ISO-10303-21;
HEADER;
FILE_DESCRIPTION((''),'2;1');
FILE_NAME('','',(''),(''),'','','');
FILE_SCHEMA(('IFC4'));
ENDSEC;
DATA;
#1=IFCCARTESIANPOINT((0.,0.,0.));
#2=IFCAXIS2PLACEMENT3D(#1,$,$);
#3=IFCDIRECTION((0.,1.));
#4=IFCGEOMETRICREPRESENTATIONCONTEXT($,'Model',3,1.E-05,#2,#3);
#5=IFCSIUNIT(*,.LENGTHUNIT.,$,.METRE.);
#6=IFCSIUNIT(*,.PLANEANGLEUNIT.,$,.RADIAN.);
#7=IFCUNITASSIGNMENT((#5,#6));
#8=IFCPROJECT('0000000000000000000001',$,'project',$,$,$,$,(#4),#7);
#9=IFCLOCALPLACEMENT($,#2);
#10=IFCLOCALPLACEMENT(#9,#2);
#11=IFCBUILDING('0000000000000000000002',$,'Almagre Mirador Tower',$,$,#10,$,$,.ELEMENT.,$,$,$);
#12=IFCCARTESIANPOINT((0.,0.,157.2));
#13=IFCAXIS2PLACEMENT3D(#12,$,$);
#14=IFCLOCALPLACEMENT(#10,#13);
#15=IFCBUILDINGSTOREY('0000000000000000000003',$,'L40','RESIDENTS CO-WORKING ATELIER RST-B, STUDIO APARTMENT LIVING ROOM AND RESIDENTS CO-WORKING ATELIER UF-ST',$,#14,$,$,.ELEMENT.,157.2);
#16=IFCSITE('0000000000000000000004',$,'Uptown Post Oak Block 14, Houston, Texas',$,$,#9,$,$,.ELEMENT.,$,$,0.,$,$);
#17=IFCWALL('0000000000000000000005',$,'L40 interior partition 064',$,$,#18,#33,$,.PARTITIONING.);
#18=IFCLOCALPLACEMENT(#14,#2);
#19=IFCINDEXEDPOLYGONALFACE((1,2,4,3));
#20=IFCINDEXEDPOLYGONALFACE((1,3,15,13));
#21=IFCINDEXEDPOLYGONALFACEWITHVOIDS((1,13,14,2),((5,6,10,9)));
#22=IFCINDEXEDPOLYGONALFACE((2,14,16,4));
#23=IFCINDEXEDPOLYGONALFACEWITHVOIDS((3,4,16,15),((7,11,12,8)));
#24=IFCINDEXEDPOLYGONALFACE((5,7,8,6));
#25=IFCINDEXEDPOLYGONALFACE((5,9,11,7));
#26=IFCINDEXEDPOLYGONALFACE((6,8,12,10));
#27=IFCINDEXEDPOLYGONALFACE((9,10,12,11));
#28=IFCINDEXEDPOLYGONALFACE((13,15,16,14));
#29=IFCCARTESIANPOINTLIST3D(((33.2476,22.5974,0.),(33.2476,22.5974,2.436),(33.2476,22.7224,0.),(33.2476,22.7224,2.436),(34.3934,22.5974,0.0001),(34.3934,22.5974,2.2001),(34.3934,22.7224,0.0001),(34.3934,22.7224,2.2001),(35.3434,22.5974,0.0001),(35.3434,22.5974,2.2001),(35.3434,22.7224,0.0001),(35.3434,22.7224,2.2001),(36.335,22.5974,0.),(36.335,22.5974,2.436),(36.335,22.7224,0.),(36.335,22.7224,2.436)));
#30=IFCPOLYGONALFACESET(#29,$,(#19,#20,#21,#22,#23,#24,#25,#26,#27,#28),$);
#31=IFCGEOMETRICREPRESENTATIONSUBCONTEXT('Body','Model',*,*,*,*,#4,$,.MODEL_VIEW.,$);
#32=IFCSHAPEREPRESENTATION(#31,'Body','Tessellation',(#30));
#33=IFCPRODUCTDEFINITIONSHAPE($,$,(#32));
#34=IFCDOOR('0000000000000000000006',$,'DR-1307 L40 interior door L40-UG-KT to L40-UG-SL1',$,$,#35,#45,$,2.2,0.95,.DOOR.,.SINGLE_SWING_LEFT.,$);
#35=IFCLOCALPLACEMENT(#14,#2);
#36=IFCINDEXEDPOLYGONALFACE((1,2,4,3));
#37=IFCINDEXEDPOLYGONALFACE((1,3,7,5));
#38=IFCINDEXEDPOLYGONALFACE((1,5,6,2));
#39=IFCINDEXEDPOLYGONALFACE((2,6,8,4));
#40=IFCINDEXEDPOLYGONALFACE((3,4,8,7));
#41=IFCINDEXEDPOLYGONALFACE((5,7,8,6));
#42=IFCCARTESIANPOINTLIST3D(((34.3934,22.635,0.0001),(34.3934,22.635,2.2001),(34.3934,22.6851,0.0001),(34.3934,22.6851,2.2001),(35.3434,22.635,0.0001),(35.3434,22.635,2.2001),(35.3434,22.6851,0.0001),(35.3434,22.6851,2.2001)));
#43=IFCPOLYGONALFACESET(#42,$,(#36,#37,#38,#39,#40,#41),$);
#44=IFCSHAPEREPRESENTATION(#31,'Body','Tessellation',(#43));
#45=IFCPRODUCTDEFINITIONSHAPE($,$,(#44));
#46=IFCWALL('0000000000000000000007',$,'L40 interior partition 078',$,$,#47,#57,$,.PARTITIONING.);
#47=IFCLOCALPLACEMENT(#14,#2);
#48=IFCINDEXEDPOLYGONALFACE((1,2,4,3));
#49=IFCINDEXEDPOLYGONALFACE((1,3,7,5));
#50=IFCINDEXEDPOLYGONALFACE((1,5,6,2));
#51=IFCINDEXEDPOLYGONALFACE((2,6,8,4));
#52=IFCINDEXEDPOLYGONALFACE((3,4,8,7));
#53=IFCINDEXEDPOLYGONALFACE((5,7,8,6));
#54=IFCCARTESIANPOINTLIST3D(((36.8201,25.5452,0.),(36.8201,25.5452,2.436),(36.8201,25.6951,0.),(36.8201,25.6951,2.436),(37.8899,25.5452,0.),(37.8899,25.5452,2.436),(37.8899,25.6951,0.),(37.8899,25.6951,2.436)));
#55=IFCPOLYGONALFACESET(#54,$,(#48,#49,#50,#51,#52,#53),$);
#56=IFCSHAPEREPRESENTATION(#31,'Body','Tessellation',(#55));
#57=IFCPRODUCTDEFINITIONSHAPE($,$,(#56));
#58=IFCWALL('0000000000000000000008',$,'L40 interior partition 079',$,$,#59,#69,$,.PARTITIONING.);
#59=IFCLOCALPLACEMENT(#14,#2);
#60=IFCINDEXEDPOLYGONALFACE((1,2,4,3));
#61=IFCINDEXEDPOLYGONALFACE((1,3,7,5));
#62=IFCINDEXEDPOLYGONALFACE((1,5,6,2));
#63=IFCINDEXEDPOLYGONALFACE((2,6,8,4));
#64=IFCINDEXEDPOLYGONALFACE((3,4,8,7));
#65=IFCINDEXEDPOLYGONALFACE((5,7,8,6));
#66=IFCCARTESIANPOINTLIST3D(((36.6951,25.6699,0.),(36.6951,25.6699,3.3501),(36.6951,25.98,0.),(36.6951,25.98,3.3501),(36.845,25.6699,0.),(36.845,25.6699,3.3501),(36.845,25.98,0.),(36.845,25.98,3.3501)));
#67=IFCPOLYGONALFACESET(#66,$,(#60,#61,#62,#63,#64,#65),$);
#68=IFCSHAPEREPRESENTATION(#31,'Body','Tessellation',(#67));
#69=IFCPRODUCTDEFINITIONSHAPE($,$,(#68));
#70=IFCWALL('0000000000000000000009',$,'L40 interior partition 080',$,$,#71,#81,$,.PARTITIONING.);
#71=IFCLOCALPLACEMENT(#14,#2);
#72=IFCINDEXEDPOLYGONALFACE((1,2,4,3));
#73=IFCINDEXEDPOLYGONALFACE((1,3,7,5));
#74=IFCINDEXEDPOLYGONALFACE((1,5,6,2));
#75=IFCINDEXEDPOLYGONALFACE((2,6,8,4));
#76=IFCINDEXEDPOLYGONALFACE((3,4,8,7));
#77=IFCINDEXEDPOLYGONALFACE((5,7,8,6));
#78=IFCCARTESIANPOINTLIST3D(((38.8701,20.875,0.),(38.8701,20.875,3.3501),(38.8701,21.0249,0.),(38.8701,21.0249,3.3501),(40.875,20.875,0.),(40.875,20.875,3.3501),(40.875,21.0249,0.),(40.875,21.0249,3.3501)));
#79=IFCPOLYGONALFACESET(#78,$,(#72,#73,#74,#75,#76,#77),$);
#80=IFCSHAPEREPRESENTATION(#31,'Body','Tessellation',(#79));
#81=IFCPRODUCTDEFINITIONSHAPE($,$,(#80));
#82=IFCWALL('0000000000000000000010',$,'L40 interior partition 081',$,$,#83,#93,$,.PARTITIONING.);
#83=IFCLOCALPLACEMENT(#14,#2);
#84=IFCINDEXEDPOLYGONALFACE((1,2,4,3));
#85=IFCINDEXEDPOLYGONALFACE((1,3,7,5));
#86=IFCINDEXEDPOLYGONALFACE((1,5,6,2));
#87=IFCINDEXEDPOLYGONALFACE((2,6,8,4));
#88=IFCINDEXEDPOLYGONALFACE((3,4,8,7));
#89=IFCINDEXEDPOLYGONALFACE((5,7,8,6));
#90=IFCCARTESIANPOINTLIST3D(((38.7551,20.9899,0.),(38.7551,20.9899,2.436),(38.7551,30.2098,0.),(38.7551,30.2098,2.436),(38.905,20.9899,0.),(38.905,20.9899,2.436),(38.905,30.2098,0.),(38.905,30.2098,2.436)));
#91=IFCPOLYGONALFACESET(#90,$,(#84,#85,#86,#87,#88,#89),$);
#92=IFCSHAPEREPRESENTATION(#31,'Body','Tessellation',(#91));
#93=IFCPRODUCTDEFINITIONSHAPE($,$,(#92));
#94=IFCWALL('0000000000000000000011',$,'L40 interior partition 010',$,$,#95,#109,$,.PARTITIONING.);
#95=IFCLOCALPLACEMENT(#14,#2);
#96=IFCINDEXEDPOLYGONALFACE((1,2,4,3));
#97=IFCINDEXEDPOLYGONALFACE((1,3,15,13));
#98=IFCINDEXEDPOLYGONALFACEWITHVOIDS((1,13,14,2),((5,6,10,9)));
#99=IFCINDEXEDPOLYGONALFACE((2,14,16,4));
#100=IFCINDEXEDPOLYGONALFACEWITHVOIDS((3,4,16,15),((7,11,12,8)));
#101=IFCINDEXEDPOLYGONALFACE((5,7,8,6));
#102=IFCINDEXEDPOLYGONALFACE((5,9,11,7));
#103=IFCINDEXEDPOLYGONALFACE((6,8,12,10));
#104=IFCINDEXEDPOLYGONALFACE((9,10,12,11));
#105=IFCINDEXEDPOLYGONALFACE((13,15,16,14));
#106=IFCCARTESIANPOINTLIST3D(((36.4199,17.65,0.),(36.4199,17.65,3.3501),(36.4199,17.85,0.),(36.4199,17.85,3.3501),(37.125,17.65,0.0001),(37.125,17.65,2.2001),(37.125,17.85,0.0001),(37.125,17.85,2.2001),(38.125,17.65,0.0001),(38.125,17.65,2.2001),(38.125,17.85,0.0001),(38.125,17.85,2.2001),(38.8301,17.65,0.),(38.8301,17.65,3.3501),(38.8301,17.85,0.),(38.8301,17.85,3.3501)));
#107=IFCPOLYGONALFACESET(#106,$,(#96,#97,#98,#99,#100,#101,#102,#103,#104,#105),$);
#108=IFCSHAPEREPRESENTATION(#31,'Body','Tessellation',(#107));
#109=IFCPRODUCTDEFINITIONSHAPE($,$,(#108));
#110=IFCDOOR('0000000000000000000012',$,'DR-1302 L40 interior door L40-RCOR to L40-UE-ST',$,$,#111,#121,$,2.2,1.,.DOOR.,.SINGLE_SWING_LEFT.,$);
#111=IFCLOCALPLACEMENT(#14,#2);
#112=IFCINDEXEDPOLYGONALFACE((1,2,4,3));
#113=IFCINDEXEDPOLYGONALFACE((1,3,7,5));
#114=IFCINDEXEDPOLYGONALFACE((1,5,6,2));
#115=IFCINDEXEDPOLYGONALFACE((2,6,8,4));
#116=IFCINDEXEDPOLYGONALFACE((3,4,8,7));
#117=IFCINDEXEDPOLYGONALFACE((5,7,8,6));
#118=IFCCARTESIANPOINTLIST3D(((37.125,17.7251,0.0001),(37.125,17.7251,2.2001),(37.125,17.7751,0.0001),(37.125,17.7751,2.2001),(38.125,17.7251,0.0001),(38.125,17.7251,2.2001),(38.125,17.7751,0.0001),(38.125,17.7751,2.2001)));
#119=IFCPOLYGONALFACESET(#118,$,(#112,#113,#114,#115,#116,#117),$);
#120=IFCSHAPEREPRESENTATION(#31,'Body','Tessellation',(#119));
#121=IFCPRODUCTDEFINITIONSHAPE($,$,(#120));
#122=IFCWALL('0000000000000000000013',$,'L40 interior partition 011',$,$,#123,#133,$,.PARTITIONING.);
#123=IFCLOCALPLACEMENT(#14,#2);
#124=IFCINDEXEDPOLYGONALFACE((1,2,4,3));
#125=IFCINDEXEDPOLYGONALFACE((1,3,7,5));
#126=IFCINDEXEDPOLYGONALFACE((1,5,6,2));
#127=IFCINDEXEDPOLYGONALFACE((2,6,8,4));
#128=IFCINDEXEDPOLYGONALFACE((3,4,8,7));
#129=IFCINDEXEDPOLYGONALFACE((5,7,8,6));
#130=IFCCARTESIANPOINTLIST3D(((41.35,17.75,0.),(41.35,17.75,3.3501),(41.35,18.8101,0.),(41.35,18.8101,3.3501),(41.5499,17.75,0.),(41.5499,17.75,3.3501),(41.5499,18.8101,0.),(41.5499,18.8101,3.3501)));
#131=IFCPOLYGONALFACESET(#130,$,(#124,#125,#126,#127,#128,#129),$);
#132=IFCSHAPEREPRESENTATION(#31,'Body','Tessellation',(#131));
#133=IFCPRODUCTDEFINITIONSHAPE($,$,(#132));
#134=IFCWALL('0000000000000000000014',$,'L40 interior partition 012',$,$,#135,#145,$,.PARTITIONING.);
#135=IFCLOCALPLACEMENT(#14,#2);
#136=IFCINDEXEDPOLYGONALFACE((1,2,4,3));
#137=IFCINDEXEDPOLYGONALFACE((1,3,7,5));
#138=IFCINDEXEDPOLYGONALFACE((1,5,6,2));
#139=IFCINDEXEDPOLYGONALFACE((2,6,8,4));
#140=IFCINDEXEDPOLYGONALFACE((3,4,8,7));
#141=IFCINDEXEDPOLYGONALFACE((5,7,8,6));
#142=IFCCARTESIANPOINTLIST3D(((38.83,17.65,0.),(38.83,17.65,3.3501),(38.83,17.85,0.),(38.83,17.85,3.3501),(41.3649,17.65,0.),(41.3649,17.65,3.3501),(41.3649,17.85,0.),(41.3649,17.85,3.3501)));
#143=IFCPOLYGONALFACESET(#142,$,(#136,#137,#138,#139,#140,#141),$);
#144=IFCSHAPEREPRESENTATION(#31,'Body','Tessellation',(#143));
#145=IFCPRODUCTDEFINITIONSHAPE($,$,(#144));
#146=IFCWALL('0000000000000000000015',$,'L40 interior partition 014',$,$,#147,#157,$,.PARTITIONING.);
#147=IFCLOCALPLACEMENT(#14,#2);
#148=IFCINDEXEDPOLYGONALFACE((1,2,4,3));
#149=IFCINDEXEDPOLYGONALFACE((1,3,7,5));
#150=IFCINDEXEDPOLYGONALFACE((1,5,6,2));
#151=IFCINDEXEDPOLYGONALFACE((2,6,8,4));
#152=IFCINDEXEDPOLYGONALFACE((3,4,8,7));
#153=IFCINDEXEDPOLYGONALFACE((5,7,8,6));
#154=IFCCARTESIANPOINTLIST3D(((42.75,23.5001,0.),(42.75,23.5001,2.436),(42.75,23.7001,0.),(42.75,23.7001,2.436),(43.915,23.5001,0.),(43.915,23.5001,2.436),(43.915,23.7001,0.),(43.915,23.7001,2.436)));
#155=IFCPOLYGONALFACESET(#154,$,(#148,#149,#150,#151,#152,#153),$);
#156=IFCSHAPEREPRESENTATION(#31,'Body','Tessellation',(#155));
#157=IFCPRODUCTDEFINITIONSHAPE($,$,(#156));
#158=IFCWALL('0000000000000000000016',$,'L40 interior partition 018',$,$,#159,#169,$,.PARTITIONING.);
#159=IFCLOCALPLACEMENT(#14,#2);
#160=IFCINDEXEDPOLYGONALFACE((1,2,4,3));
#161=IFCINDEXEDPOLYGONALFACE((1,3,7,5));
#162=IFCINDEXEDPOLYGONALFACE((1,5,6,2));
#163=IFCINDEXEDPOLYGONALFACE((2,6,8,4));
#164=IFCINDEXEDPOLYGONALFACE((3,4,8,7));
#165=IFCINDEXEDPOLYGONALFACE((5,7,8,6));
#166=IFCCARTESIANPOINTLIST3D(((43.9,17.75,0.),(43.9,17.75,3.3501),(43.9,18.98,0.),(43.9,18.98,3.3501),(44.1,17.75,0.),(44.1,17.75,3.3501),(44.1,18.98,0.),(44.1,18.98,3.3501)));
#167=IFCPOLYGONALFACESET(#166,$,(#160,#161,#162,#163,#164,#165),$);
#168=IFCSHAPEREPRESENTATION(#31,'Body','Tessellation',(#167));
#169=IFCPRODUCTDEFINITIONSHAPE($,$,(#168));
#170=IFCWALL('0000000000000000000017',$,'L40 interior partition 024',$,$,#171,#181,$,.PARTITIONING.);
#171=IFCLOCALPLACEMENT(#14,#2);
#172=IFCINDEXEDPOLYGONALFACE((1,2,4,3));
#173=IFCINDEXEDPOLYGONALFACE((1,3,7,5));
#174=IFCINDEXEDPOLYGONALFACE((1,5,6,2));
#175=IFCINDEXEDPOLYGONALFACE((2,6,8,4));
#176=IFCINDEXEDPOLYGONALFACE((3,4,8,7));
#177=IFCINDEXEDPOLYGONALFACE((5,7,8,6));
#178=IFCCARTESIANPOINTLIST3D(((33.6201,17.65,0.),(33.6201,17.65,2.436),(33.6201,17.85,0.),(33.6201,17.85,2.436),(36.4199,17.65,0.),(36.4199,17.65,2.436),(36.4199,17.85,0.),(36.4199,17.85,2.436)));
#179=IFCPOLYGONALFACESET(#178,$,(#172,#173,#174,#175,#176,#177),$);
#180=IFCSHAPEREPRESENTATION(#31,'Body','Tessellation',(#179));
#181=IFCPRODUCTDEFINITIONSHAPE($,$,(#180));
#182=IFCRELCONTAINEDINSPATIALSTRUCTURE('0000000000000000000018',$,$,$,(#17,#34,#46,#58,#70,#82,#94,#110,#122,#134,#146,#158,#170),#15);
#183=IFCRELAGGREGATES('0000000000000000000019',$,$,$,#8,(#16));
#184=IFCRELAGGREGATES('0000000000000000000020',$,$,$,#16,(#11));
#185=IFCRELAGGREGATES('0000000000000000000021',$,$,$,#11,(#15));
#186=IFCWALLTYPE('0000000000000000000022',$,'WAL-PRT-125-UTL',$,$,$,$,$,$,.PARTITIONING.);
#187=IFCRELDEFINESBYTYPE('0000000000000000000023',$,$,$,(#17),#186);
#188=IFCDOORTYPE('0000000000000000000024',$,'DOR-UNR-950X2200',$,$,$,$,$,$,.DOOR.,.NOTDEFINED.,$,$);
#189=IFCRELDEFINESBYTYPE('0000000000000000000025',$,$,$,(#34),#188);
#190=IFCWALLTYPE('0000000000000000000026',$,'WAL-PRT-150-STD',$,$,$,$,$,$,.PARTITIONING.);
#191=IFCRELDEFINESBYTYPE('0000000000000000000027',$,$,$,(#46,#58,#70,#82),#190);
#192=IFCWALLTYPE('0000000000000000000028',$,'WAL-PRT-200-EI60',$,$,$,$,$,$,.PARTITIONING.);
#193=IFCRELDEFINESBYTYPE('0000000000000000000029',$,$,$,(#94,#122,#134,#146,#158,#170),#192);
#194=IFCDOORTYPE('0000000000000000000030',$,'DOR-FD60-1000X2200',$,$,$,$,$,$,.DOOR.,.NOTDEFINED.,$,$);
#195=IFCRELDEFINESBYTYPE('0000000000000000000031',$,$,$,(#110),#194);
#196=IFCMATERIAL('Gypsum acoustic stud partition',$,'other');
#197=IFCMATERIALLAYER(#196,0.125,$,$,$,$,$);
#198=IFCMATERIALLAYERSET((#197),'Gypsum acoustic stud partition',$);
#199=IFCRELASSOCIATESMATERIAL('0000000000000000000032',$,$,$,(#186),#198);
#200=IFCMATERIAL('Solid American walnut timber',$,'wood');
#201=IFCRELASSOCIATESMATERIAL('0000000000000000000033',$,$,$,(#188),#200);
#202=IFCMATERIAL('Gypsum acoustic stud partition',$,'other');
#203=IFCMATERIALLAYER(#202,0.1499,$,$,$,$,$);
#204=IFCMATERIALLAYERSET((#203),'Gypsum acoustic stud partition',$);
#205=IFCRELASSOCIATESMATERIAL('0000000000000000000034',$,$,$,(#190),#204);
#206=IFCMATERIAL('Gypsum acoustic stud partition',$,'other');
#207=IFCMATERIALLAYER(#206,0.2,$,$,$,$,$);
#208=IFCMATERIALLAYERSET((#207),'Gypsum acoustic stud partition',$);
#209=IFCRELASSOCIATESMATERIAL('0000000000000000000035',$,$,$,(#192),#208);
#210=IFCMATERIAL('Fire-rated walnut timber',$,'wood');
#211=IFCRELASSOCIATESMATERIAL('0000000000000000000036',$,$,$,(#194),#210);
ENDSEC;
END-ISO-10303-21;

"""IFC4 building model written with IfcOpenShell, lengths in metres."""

from ifc_helpers import new_model, si_unit, direction, frame, frame_2d, origin, place, context, subcontext, project, spatial, rectangle, extrude, material, layer, layer_set, type_object, element, fill, save


model = new_model("IFC4")

# Units and contexts
model_context = context("Model", 3, precision=1e-05, world=origin(), true_north=direction((0.0, 1.0)))
body_context = subcontext(model_context, "Body", "Model", "MODEL_VIEW")
ifc_project = project(units=[si_unit("LENGTHUNIT", "METRE"), si_unit("PLANEANGLEUNIT", "RADIAN")], contexts=[model_context])

# Site, building, storey
site_placement = place(None, origin())
site = spatial("IfcSite", under=ifc_project, at=site_placement, Name="Uptown Post Oak Block 14, Houston, Texas", CompositionType="ELEMENT", RefElevation=0.0)
building_placement = place(site_placement, origin())
building = spatial("IfcBuilding", under=site, at=building_placement, Name="Almagre Mirador Tower", CompositionType="ELEMENT")
storey_placement = place(building_placement, frame((0.0, 0.0, 157.2)))
storey = spatial("IfcBuildingStorey", under=building, at=storey_placement, Name="L40", Description="RESIDENTS CO-WORKING ATELIER RST-B, STUDIO APARTMENT LIVING ROOM AND RESIDENTS CO-WORKING ATELIER UF-ST", CompositionType="ELEMENT", Elevation=157.2)

# Wall, opening, door
ifc_material_1 = material(Name="Gypsum acoustic stud partition", Category="other")
ifc_layer_1 = layer(ifc_material_1, 0.125)
ifc_layer_set_1 = layer_set([ifc_layer_1], Name="Gypsum acoustic stud partition")
wall_type_1 = type_object("IfcWallType", Name="WAL-PRT-125-UTL", PredefinedType="PARTITIONING", material=ifc_layer_set_1)
wall_1_placement = place(storey_placement, frame((36.335, 22.6599, 0.0), z_axis=(0.0, 0.0, 1.0), x_axis=(-1.0, 0.0, 0.0)))
wall_1 = element("IfcWall", 1, at=wall_1_placement, inside=storey, type_object=wall_type_1, Name="L40 interior partition 064", PredefinedType="PARTITIONING", context=body_context, shape_type="SweptSolid", body=[
    extrude(rectangle(XDim=3.0874, YDim=0.125, at=frame_2d((1.5437, 0.0))), origin(), (0.0, 0.0, 1.0), 2.436),
])
opening_1_placement = place(wall_1_placement, frame((0.9915, 0.0, 0.0)))
opening_1 = element("IfcOpeningElement", 2, at=opening_1_placement, cuts=wall_1, PredefinedType="OPENING", context=body_context, shape_type="SweptSolid", body=[
    extrude(rectangle(XDim=0.95, YDim=2.2, at=frame_2d((0.4751, 1.1001))), frame((0.0, 0.0725, 0.0), z_axis=(0.0, -1.0, 0.0), x_axis=(1.0, 0.0, 0.0)), (0.0, 0.0, 1.0), 0.145),
])
ifc_material_2 = material(Name="Solid American walnut timber", Category="wood")
door_type_1 = type_object("IfcDoorType", Name="DOR-UNR-950X2200", OperationType="NOTDEFINED", PredefinedType="DOOR", material=ifc_material_2)
door_1_placement = place(opening_1_placement, origin())
door_1 = element("IfcDoor", 3, at=door_1_placement, inside=storey, type_object=door_type_1, Name="DR-1307 L40 interior door L40-UG-KT to L40-UG-SL1", OperationType="SINGLE_SWING_LEFT", OverallHeight=2.2, OverallWidth=0.95, PredefinedType="DOOR", context=body_context, shape_type="SweptSolid", body=[
    extrude(rectangle(XDim=0.95, YDim=2.2, at=frame_2d((0.4751, 1.1001))), frame((0.0, 0.0249, 0.0), z_axis=(0.0, -1.0, 0.0), x_axis=(1.0, 0.0, 0.0)), (0.0, 0.0, 1.0), 0.05),
])
fill(opening_1, door_1)

# Walls
ifc_material_3 = material(Name="Gypsum acoustic stud partition", Category="other")
ifc_layer_2 = layer(ifc_material_3, 0.1499)
ifc_layer_set_2 = layer_set([ifc_layer_2], Name="Gypsum acoustic stud partition")
wall_type_2 = type_object("IfcWallType", Name="WAL-PRT-150-STD", PredefinedType="PARTITIONING", material=ifc_layer_set_2)
wall_2_placement = place(storey_placement, frame((37.8899, 25.6201, 0.0), z_axis=(0.0, 0.0, 1.0), x_axis=(-1.0, 0.0, 0.0)))
element("IfcWall", 4, at=wall_2_placement, inside=storey, type_object=wall_type_2, Name="L40 interior partition 078", PredefinedType="PARTITIONING", context=body_context, shape_type="SweptSolid", body=[
    extrude(rectangle(XDim=1.0698, YDim=0.1499, at=frame_2d((0.5349, 0.0))), origin(), (0.0, 0.0, 1.0), 2.436),
])
wall_3_placement = place(storey_placement, frame((36.77, 25.6699, 0.0), z_axis=(0.0, 0.0, 1.0), x_axis=(0.0, 1.0, 0.0)))
element("IfcWall", 5, at=wall_3_placement, inside=storey, type_object=wall_type_2, Name="L40 interior partition 079", PredefinedType="PARTITIONING", context=body_context, shape_type="SweptSolid", body=[
    extrude(rectangle(XDim=0.3101, YDim=0.1499, at=frame_2d((0.155, 0.0))), origin(), (0.0, 0.0, 1.0), 3.3501),
])
wall_4_placement = place(storey_placement, frame((40.875, 20.95, 0.0), z_axis=(0.0, 0.0, 1.0), x_axis=(-1.0, 0.0, 0.0)))
element("IfcWall", 6, at=wall_4_placement, inside=storey, type_object=wall_type_2, Name="L40 interior partition 080", PredefinedType="PARTITIONING", context=body_context, shape_type="SweptSolid", body=[
    extrude(rectangle(XDim=2.0049, YDim=0.1499, at=frame_2d((1.0024, 0.0))), origin(), (0.0, 0.0, 1.0), 3.3501),
])
wall_5_placement = place(storey_placement, frame((38.8301, 20.99, 0.0), z_axis=(0.0, 0.0, 1.0), x_axis=(0.0, 1.0, 0.0)))
element("IfcWall", 7, at=wall_5_placement, inside=storey, type_object=wall_type_2, Name="L40 interior partition 081", PredefinedType="PARTITIONING", context=body_context, shape_type="SweptSolid", body=[
    extrude(rectangle(XDim=9.22, YDim=0.1499, at=frame_2d((4.6099, 0.0))), origin(), (0.0, 0.0, 1.0), 2.436),
])

# Wall, opening, door
ifc_material_4 = material(Name="Gypsum acoustic stud partition", Category="other")
ifc_layer_3 = layer(ifc_material_4, 0.2)
ifc_layer_set_3 = layer_set([ifc_layer_3], Name="Gypsum acoustic stud partition")
wall_type_3 = type_object("IfcWallType", Name="WAL-PRT-200-EI60", PredefinedType="PARTITIONING", material=ifc_layer_set_3)
wall_6_placement = place(storey_placement, frame((38.8301, 17.75, 0.0), z_axis=(0.0, 0.0, 1.0), x_axis=(-1.0, 0.0, 0.0)))
wall_6 = element("IfcWall", 8, at=wall_6_placement, inside=storey, type_object=wall_type_3, Name="L40 interior partition 010", PredefinedType="PARTITIONING", context=body_context, shape_type="SweptSolid", body=[
    extrude(rectangle(XDim=2.4102, YDim=0.2, at=frame_2d((1.2051, 0.0))), origin(), (0.0, 0.0, 1.0), 3.3501),
])
opening_2_placement = place(wall_6_placement, frame((0.7051, 0.0, 0.0)))
opening_2 = element("IfcOpeningElement", 9, at=opening_2_placement, cuts=wall_6, PredefinedType="OPENING", context=body_context, shape_type="SweptSolid", body=[
    extrude(rectangle(XDim=1.0, YDim=2.2, at=frame_2d((0.5, 1.1001))), frame((0.0, 0.1101, 0.0), z_axis=(0.0, -1.0, 0.0), x_axis=(1.0, 0.0, 0.0)), (0.0, 0.0, 1.0), 0.22),
])
ifc_material_5 = material(Name="Fire-rated walnut timber", Category="wood")
door_type_2 = type_object("IfcDoorType", Name="DOR-FD60-1000X2200", OperationType="NOTDEFINED", PredefinedType="DOOR", material=ifc_material_5)
door_2_placement = place(opening_2_placement, origin())
door_2 = element("IfcDoor", 10, at=door_2_placement, inside=storey, type_object=door_type_2, Name="DR-1302 L40 interior door L40-RCOR to L40-UE-ST", OperationType="SINGLE_SWING_LEFT", OverallHeight=2.2, OverallWidth=1.0, PredefinedType="DOOR", context=body_context, shape_type="SweptSolid", body=[
    extrude(rectangle(XDim=1.0, YDim=2.2, at=frame_2d((0.5, 1.1001))), frame((0.0, 0.0249, 0.0), z_axis=(0.0, -1.0, 0.0), x_axis=(1.0, 0.0, 0.0)), (0.0, 0.0, 1.0), 0.05),
])
fill(opening_2, door_2)

# Walls
wall_7_placement = place(storey_placement, frame((41.45, 18.8101, 0.0), z_axis=(0.0, 0.0, 1.0), x_axis=(0.0, -1.0, 0.0)))
element("IfcWall", 11, at=wall_7_placement, inside=storey, type_object=wall_type_3, Name="L40 interior partition 011", PredefinedType="PARTITIONING", context=body_context, shape_type="SweptSolid", body=[
    extrude(rectangle(XDim=1.0601, YDim=0.2, at=frame_2d((0.53, 0.0))), origin(), (0.0, 0.0, 1.0), 3.3501),
])
wall_8_placement = place(storey_placement, frame((41.365, 17.75, 0.0), z_axis=(0.0, 0.0, 1.0), x_axis=(-1.0, 0.0, 0.0)))
element("IfcWall", 12, at=wall_8_placement, inside=storey, type_object=wall_type_3, Name="L40 interior partition 012", PredefinedType="PARTITIONING", context=body_context, shape_type="SweptSolid", body=[
    extrude(rectangle(XDim=2.5349, YDim=0.2, at=frame_2d((1.2676, 0.0))), origin(), (0.0, 0.0, 1.0), 3.3501),
])
wall_9_placement = place(storey_placement, frame((43.915, 23.6001, 0.0), z_axis=(0.0, 0.0, 1.0), x_axis=(-1.0, 0.0, 0.0)))
element("IfcWall", 13, at=wall_9_placement, inside=storey, type_object=wall_type_3, Name="L40 interior partition 014", PredefinedType="PARTITIONING", context=body_context, shape_type="SweptSolid", body=[
    extrude(rectangle(XDim=1.165, YDim=0.2, at=frame_2d((0.5825, 0.0))), origin(), (0.0, 0.0, 1.0), 2.436),
])
wall_10_placement = place(storey_placement, frame((44.0, 17.75, 0.0), z_axis=(0.0, 0.0, 1.0), x_axis=(0.0, 1.0, 0.0)))
element("IfcWall", 14, at=wall_10_placement, inside=storey, type_object=wall_type_3, Name="L40 interior partition 018", PredefinedType="PARTITIONING", context=body_context, shape_type="SweptSolid", body=[
    extrude(rectangle(XDim=1.23, YDim=0.2, at=frame_2d((0.615, 0.0))), origin(), (0.0, 0.0, 1.0), 3.3501),
])
wall_11_placement = place(storey_placement, frame((36.4199, 17.75, 0.0), z_axis=(0.0, 0.0, 1.0), x_axis=(-1.0, 0.0, 0.0)))
element("IfcWall", 15, at=wall_11_placement, inside=storey, type_object=wall_type_3, Name="L40 interior partition 024", PredefinedType="PARTITIONING", context=body_context, shape_type="SweptSolid", body=[
    extrude(rectangle(XDim=2.7998, YDim=0.2, at=frame_2d((1.3999, 0.0))), origin(), (0.0, 0.0, 1.0), 2.436),
])

save(model, "model.ifc")
